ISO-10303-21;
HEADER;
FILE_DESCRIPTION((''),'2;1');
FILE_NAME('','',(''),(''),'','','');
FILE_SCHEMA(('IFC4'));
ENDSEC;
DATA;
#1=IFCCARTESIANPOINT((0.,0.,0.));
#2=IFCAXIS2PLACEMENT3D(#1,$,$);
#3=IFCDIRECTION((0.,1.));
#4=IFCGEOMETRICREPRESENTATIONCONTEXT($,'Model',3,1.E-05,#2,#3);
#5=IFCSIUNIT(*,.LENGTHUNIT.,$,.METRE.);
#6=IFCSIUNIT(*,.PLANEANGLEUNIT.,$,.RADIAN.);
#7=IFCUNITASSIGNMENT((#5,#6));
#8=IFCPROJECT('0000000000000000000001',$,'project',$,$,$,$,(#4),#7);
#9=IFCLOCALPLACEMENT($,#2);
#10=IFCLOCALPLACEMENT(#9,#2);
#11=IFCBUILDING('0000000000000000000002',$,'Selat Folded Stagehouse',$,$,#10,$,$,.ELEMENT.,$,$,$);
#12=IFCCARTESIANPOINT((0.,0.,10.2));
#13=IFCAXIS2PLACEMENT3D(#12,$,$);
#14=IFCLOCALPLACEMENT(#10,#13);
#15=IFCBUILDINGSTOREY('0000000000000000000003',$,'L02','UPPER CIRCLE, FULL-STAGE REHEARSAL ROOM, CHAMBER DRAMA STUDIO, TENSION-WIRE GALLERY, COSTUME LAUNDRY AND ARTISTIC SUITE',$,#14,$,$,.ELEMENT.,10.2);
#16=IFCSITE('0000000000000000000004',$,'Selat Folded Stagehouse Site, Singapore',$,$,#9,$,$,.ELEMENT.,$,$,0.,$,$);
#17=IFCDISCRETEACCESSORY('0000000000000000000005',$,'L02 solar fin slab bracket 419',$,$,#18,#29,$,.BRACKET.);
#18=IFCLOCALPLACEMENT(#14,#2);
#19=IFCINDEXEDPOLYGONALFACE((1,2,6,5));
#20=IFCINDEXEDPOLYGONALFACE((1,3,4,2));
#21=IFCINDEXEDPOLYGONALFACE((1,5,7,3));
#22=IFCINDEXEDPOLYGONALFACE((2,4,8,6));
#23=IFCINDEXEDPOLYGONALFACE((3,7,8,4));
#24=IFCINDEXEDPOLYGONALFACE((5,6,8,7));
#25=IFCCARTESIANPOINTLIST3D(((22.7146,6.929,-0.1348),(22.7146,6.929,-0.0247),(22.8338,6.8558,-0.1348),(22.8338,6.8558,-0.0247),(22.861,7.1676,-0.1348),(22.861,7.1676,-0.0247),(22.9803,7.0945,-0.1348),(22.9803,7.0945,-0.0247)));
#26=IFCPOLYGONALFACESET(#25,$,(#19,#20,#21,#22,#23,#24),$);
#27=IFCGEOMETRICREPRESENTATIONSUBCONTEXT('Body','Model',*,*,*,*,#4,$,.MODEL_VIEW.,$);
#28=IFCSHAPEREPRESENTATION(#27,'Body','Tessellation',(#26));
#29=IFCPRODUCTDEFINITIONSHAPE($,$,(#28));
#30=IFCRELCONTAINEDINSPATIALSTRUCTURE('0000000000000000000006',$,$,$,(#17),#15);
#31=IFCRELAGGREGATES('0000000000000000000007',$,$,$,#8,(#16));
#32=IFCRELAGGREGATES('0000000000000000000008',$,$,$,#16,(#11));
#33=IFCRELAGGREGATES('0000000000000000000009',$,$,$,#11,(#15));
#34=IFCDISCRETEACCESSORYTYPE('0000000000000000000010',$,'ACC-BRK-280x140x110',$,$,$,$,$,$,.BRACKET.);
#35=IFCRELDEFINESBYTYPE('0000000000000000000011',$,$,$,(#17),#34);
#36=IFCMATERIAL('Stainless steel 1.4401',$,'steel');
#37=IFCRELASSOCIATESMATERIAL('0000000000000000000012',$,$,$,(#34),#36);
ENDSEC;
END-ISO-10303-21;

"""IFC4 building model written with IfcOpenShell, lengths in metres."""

from ifc_helpers import new_model, si_unit, direction, frame, origin, origin_2d, place, context, subcontext, project, spatial, rectangle, extrude, material, type_object, element, save


model = new_model("IFC4")

# Units and contexts
model_context = context("Model", 3, precision=1e-05, world=origin(), true_north=direction((0.0, 1.0)))
body_context = subcontext(model_context, "Body", "Model", "MODEL_VIEW")
ifc_project = project(units=[si_unit("LENGTHUNIT", "METRE"), si_unit("PLANEANGLEUNIT", "RADIAN")], contexts=[model_context])

# Site, building, storey
site_placement = place(None, origin())
site = spatial("IfcSite", under=ifc_project, at=site_placement, Name="Selat Folded Stagehouse Site, Singapore", CompositionType="ELEMENT", RefElevation=0.0)
building_placement = place(site_placement, origin())
building = spatial("IfcBuilding", under=site, at=building_placement, Name="Selat Folded Stagehouse", CompositionType="ELEMENT")
storey_placement = place(building_placement, frame((0.0, 0.0, 10.2)))
storey = spatial("IfcBuildingStorey", under=building, at=storey_placement, Name="L02", Description="UPPER CIRCLE, FULL-STAGE REHEARSAL ROOM, CHAMBER DRAMA STUDIO, TENSION-WIRE GALLERY, COSTUME LAUNDRY AND ARTISTIC SUITE", CompositionType="ELEMENT", Elevation=10.2)

# Discrete accessory
ifc_material_1 = material(Name="Stainless steel 1.4401", Category="steel")
discrete_accessory_type = type_object("IfcDiscreteAccessoryType", Name="ACC-BRK-280x140x110", PredefinedType="BRACKET", material=ifc_material_1)
discrete_accessory_placement = place(storey_placement, frame((22.8474, 7.0117, -0.1348), z_axis=(0.0, 0.0, 1.0), x_axis=(-0.523094, -0.852275, 0.0)))
element("IfcDiscreteAccessory", 1, at=discrete_accessory_placement, inside=storey, type_object=discrete_accessory_type, Name="L02 solar fin slab bracket 419", PredefinedType="BRACKET", context=body_context, shape_type="SweptSolid", body=[
    extrude(rectangle(XDim=0.28, YDim=0.1399, at=origin_2d()), origin(), (0.0, 0.0, 1.0), 0.1101),
])

save(model, "model.ifc")
